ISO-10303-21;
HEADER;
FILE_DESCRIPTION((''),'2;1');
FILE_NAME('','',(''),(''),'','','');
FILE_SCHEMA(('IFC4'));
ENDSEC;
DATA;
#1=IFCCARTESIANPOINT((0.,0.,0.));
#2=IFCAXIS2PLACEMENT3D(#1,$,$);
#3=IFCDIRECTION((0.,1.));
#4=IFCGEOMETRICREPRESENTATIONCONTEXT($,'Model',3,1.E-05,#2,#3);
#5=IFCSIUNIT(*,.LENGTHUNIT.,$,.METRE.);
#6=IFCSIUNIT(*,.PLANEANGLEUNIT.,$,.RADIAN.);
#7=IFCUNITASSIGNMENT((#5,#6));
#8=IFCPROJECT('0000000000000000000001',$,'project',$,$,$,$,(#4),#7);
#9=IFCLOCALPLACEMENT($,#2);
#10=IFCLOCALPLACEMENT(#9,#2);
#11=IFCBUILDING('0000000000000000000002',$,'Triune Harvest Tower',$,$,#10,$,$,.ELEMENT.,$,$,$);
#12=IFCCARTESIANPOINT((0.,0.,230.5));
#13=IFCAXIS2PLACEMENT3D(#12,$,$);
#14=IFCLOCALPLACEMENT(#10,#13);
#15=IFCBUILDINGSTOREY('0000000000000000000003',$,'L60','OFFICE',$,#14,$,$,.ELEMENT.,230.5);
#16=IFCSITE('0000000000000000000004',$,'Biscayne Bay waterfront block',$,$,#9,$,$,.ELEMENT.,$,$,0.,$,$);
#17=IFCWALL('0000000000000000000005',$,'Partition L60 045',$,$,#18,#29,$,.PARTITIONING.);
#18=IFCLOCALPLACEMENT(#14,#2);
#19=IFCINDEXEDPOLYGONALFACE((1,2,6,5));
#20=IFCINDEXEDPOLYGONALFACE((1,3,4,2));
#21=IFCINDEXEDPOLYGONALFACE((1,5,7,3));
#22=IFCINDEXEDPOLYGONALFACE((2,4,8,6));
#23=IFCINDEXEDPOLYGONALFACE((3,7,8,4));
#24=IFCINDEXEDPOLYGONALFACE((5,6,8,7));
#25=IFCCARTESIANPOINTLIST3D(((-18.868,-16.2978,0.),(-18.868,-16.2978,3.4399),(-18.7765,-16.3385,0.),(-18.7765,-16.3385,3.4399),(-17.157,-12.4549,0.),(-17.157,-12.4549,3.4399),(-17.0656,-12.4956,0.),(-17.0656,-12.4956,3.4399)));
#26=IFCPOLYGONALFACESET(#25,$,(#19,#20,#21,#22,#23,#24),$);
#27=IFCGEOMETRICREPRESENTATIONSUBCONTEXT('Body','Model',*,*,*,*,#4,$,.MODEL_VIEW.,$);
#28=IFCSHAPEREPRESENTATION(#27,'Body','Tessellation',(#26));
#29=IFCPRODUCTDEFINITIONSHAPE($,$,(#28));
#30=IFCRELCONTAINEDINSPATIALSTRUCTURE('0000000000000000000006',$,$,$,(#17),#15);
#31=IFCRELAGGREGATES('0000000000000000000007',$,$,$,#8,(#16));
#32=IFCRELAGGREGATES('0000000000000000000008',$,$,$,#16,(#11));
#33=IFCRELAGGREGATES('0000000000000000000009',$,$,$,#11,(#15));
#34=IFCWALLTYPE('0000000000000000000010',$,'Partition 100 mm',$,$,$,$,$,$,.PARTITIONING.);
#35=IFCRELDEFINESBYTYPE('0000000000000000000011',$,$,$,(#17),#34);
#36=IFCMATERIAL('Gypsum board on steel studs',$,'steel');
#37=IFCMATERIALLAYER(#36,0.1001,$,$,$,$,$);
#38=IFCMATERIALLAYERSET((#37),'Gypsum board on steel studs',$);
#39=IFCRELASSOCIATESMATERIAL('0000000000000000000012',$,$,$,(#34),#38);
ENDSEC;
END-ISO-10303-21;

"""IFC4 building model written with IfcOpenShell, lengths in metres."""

from ifc_helpers import new_model, si_unit, direction, frame, frame_2d, origin, place, context, subcontext, project, spatial, rectangle, extrude, material, layer, layer_set, type_object, element, save


model = new_model("IFC4")

# Units and contexts
model_context = context("Model", 3, precision=1e-05, world=origin(), true_north=direction((0.0, 1.0)))
body_context = subcontext(model_context, "Body", "Model", "MODEL_VIEW")
ifc_project = project(units=[si_unit("LENGTHUNIT", "METRE"), si_unit("PLANEANGLEUNIT", "RADIAN")], contexts=[model_context])

# Site, building, storey
site_placement = place(None, origin())
site = spatial("IfcSite", under=ifc_project, at=site_placement, Name="Biscayne Bay waterfront block", CompositionType="ELEMENT", RefElevation=0.0)
building_placement = place(site_placement, origin())
building = spatial("IfcBuilding", under=site, at=building_placement, Name="Triune Harvest Tower", CompositionType="ELEMENT")
storey_placement = place(building_placement, frame((0.0, 0.0, 230.5)))
storey = spatial("IfcBuildingStorey", under=building, at=storey_placement, Name="L60", Description="OFFICE", CompositionType="ELEMENT", Elevation=230.5)

# Wall
ifc_material_1 = material(Name="Gypsum board on steel studs", Category="steel")
ifc_layer_1 = layer(ifc_material_1, 0.1001)
ifc_layer_set_1 = layer_set([ifc_layer_1], Name="Gypsum board on steel studs")
wall_type = type_object("IfcWallType", Name="Partition 100 mm", PredefinedType="PARTITIONING", material=ifc_layer_set_1)
wall_1_placement = place(storey_placement, frame((-18.8223, -16.3181, 0.0), z_axis=(0.0, 0.0, 1.0), x_axis=(0.406742, 0.913543, 0.0)))
element("IfcWall", 1, at=wall_1_placement, inside=storey, type_object=wall_type, Name="Partition L60 045", PredefinedType="PARTITIONING", context=body_context, shape_type="SweptSolid", body=[
    extrude(rectangle(XDim=4.2065, YDim=0.1001, at=frame_2d((2.1033, 0.0))), origin(), (0.0, 0.0, 1.0), 3.4399),
])

save(model, "model.ifc")
